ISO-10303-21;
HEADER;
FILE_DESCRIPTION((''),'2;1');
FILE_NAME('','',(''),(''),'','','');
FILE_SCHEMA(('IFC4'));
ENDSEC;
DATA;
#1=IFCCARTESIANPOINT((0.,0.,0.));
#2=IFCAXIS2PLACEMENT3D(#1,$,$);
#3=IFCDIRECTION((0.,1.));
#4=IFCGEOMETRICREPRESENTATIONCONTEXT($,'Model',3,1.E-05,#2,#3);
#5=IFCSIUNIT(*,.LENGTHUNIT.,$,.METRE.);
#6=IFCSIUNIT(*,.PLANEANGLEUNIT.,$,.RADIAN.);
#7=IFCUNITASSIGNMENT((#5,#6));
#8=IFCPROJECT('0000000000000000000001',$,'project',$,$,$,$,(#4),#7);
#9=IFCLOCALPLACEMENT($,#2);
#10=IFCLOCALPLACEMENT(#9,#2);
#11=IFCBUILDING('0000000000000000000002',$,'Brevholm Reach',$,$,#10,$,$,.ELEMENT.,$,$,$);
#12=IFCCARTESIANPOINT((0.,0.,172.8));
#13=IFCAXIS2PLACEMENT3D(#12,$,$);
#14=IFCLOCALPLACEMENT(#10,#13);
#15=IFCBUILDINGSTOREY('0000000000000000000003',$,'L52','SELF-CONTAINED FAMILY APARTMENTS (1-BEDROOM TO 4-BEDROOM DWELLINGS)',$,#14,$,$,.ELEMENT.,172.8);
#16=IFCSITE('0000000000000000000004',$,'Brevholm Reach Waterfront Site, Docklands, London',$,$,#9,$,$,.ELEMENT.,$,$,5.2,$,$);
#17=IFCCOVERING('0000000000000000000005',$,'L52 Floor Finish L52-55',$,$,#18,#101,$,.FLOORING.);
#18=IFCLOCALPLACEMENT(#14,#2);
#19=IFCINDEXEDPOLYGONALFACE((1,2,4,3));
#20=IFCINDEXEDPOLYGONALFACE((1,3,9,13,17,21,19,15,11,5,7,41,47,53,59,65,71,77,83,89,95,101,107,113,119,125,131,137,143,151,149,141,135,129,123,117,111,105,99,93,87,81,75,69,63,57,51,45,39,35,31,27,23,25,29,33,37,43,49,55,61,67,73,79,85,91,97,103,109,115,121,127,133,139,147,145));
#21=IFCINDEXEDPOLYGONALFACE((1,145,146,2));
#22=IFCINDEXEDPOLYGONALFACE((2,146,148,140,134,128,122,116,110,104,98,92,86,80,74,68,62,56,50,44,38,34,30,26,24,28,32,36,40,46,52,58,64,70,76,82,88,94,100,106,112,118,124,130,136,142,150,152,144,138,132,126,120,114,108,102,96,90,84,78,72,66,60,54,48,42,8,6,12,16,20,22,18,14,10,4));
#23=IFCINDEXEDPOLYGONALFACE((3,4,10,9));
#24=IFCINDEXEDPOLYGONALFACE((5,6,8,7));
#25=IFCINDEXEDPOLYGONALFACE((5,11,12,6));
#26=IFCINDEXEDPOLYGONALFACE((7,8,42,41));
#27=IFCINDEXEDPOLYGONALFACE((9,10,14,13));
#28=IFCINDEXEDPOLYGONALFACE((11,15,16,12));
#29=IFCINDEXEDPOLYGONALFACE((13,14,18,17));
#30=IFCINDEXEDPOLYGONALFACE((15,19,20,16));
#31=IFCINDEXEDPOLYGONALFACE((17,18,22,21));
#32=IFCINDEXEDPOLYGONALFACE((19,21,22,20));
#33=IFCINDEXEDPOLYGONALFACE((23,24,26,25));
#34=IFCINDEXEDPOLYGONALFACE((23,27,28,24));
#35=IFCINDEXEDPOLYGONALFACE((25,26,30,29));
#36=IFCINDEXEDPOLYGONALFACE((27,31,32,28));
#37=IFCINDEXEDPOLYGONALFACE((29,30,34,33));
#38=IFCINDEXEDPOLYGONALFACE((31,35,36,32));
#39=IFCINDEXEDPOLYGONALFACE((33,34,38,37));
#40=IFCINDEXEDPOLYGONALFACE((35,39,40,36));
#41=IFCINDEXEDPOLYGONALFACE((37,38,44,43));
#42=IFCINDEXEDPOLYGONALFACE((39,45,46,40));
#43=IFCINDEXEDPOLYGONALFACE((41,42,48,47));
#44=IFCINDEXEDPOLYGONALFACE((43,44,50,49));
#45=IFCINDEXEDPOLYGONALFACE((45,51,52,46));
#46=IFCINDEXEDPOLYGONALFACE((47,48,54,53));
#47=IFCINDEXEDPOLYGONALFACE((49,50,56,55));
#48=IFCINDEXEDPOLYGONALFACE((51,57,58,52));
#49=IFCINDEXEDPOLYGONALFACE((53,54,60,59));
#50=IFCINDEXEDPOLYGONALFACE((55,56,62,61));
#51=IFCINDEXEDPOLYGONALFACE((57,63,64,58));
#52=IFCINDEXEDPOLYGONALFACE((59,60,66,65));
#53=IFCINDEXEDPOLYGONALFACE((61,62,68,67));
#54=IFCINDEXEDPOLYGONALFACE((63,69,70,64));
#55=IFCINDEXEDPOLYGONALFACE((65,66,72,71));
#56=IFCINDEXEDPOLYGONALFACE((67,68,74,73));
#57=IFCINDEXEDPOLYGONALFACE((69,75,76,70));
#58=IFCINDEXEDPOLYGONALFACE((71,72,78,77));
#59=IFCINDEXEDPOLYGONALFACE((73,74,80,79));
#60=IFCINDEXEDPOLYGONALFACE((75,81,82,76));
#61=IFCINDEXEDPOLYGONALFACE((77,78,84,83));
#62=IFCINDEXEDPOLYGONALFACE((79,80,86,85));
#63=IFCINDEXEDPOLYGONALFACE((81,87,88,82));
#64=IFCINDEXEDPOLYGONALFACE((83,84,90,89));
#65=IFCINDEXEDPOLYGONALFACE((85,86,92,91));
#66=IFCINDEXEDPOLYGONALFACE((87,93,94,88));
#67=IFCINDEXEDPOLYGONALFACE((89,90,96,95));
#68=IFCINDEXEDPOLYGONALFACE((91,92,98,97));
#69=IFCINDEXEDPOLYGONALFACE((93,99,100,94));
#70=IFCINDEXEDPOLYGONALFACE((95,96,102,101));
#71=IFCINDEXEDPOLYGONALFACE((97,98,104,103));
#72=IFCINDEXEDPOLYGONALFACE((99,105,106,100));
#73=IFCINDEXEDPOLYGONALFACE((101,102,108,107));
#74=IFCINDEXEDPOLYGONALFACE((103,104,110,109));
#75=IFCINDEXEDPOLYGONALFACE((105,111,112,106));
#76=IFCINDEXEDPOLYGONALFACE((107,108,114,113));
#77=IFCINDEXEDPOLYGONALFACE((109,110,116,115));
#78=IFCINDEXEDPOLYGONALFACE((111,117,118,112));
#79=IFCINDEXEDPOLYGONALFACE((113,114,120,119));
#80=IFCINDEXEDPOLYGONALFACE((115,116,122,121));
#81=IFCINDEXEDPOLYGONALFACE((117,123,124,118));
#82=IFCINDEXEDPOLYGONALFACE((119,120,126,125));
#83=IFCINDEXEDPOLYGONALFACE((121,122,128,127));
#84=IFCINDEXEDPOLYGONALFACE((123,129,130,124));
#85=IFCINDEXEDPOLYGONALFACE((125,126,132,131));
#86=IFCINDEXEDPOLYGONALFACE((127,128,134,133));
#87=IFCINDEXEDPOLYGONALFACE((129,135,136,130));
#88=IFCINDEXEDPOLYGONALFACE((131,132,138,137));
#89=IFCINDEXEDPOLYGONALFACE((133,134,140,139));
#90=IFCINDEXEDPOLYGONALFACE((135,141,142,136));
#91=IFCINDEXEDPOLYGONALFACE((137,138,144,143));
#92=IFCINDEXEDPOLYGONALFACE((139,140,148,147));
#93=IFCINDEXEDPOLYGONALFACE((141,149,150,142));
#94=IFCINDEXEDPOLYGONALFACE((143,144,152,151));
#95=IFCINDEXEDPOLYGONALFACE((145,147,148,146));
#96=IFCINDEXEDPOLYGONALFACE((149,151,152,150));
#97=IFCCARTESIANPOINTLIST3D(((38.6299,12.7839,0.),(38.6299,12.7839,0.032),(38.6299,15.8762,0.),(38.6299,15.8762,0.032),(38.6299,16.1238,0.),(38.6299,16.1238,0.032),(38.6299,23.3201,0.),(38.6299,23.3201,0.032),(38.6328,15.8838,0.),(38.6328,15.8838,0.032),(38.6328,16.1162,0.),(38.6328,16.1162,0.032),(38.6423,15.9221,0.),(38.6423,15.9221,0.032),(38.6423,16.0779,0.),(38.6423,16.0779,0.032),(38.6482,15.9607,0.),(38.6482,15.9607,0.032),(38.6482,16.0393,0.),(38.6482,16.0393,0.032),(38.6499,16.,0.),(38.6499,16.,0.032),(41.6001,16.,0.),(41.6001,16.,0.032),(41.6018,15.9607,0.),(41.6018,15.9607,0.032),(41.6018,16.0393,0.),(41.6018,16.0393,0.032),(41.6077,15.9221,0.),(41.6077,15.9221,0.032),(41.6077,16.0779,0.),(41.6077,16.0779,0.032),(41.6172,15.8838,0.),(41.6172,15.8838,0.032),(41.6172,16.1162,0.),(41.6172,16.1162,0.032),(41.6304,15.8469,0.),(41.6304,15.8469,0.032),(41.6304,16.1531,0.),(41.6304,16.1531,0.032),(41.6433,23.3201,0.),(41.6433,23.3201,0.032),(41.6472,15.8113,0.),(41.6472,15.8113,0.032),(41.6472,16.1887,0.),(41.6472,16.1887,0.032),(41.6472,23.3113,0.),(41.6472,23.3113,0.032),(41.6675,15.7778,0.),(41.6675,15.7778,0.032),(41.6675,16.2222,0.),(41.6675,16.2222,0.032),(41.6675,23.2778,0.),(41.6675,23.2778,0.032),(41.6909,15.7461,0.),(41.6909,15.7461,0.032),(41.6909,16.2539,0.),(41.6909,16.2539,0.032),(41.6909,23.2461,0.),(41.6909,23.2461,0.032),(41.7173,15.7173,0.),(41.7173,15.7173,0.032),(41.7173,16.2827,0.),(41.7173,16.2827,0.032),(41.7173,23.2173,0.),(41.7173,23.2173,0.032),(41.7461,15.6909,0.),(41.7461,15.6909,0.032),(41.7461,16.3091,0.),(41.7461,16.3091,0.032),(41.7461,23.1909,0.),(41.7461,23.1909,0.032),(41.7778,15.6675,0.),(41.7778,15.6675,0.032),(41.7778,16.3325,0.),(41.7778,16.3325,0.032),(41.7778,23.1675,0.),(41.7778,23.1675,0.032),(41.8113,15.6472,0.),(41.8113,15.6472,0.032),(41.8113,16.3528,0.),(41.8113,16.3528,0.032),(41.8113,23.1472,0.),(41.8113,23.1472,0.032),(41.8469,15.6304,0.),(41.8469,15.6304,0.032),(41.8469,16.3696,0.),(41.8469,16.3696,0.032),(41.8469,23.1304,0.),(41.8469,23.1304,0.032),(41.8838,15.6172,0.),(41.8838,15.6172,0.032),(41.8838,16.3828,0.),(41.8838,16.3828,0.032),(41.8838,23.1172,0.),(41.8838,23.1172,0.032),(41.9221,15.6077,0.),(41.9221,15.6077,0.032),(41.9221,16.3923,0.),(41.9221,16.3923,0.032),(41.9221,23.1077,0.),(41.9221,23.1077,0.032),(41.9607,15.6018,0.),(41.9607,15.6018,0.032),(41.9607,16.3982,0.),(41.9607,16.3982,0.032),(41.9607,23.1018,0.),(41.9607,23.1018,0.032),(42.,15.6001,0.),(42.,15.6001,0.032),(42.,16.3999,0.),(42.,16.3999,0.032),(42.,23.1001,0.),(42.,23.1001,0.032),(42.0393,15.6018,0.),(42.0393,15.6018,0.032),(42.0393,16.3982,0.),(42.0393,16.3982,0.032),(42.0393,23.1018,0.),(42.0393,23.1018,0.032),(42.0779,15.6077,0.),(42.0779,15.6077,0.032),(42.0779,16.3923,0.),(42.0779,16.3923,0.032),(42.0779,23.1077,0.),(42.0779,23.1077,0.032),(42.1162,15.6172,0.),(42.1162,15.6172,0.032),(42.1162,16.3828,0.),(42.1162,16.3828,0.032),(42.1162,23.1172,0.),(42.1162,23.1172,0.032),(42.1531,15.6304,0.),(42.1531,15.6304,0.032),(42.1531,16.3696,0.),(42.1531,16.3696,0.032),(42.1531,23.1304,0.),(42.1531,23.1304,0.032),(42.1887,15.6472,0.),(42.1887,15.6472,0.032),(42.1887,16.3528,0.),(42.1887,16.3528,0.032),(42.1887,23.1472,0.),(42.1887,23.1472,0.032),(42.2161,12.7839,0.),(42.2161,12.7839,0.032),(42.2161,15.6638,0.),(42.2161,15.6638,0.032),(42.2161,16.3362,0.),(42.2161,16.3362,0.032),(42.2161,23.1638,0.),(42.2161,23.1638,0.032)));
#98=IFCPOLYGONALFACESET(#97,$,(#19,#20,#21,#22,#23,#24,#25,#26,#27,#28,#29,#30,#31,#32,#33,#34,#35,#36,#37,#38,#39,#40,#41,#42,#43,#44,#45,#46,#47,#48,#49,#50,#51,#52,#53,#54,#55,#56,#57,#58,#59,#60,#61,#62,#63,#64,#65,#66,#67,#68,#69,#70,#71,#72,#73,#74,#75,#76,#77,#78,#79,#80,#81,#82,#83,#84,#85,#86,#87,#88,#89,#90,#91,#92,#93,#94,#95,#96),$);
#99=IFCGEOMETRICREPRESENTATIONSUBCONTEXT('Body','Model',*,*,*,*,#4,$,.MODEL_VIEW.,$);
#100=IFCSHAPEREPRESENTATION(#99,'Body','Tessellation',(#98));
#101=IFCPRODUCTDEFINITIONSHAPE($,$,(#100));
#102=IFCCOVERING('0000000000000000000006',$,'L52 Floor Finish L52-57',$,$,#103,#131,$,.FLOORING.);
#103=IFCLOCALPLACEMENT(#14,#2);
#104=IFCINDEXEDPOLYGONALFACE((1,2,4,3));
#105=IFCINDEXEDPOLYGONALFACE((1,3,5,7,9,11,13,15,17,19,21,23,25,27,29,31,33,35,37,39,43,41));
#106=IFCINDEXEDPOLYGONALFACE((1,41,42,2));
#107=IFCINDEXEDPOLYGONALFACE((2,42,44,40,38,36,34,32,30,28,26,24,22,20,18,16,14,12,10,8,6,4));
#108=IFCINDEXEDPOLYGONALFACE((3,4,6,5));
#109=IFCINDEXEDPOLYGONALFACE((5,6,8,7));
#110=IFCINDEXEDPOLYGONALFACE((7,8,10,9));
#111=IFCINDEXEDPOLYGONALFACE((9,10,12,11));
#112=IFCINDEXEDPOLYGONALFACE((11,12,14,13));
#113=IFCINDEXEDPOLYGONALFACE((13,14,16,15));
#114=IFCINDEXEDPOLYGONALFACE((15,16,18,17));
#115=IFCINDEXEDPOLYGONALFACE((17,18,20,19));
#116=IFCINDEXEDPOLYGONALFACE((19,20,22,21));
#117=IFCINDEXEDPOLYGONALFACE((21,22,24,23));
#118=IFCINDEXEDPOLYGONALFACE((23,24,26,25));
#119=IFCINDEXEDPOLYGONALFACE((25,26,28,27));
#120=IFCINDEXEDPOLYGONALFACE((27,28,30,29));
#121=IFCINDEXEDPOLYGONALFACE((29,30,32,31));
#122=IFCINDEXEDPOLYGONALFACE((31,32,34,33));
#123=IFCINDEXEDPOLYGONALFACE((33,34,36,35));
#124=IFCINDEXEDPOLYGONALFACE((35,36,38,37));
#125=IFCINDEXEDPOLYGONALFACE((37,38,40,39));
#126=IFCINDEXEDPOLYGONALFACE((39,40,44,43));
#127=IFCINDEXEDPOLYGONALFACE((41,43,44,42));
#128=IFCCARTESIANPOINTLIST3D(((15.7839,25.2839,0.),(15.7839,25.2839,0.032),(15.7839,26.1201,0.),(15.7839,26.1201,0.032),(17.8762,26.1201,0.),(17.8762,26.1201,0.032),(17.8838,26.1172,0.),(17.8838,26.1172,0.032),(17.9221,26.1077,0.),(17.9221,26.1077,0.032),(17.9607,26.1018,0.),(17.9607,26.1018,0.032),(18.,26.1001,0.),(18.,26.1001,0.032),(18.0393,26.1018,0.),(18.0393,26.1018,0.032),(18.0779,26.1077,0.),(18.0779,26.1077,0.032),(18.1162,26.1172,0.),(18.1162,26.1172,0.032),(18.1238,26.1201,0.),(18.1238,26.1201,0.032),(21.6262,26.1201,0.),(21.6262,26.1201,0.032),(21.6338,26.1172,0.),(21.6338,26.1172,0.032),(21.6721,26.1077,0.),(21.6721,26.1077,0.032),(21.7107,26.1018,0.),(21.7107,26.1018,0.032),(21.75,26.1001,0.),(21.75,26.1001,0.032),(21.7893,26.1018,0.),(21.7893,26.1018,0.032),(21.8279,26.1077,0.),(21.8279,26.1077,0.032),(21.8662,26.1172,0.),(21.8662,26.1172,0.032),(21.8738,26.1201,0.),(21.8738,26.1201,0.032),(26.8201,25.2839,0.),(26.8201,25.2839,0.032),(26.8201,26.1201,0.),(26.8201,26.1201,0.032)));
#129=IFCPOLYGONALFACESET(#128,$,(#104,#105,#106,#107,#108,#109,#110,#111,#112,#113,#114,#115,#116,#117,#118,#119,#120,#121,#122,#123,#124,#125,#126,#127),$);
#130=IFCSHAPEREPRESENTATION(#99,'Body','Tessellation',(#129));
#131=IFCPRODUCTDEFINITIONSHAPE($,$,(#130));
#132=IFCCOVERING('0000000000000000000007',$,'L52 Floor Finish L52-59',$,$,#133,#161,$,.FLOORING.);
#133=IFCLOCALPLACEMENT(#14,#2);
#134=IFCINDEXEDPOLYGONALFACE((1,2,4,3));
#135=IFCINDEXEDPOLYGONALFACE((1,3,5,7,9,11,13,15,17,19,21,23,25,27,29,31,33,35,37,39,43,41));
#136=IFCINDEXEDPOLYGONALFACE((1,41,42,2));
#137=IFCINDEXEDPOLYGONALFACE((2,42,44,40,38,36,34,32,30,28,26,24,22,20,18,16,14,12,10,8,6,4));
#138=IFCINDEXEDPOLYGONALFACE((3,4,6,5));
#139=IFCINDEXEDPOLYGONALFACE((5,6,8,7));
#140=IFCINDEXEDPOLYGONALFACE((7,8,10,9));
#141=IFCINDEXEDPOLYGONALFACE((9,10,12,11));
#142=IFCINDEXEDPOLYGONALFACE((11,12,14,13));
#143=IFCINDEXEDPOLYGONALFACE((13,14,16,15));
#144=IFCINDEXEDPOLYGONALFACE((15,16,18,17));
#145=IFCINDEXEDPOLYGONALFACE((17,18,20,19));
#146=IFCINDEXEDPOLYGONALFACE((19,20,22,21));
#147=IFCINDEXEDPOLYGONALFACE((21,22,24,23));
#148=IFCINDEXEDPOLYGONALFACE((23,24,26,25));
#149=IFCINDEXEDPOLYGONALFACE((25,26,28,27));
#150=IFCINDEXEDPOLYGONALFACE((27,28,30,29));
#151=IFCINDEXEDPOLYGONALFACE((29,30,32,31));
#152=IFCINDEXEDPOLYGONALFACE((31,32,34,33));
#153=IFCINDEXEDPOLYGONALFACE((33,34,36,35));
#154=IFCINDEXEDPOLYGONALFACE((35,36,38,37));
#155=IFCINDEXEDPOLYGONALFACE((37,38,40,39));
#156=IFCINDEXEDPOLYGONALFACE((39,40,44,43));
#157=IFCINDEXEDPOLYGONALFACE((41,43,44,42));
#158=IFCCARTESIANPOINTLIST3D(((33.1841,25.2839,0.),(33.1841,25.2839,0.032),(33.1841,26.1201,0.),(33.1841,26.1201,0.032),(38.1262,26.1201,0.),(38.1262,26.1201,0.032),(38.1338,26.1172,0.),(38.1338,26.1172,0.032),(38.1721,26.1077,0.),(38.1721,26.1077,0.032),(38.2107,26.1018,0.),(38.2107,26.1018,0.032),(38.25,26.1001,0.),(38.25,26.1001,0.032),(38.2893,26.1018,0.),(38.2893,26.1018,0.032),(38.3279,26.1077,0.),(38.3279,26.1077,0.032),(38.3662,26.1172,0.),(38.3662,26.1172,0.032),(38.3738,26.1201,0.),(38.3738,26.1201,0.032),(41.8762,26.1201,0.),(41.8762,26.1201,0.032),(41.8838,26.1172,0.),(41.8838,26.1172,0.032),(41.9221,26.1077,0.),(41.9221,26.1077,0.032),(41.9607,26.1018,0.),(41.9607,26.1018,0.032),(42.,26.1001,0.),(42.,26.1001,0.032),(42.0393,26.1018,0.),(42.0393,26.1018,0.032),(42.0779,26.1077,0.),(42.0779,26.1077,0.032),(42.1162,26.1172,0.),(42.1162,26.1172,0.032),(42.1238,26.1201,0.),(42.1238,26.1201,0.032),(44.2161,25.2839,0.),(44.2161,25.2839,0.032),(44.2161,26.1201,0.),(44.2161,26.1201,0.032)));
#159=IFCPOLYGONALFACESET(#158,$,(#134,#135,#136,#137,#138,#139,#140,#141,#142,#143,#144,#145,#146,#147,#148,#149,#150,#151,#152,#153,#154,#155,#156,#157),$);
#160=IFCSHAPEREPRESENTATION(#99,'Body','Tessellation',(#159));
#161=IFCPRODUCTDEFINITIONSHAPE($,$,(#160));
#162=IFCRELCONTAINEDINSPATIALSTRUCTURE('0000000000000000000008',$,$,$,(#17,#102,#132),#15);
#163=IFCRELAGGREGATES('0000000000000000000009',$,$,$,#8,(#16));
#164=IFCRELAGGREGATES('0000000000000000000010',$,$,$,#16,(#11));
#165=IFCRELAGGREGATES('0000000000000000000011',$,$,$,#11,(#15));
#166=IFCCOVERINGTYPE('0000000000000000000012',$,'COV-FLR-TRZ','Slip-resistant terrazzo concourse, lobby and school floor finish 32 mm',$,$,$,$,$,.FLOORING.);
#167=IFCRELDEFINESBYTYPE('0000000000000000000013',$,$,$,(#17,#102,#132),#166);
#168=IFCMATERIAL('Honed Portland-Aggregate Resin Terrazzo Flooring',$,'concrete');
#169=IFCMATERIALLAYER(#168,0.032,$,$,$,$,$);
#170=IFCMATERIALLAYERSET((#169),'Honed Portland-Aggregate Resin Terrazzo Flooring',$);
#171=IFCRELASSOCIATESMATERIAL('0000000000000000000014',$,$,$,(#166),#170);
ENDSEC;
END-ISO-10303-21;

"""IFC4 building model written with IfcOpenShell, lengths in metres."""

from ifc_helpers import new_model, si_unit, direction, frame, origin, place, context, subcontext, project, spatial, polyline, outline, extrude, material, layer, layer_set, type_object, element, save


model = new_model("IFC4")

# Units and contexts
model_context = context("Model", 3, precision=1e-05, world=origin(), true_north=direction((0.0, 1.0)))
body_context = subcontext(model_context, "Body", "Model", "MODEL_VIEW")
ifc_project = project(units=[si_unit("LENGTHUNIT", "METRE"), si_unit("PLANEANGLEUNIT", "RADIAN")], contexts=[model_context])

# Site, building, storey
site_placement = place(None, origin())
site = spatial("IfcSite", under=ifc_project, at=site_placement, Name="Brevholm Reach Waterfront Site, Docklands, London", CompositionType="ELEMENT", RefElevation=5.2)
building_placement = place(site_placement, origin())
building = spatial("IfcBuilding", under=site, at=building_placement, Name="Brevholm Reach", CompositionType="ELEMENT")
storey_placement = place(building_placement, frame((0.0, 0.0, 172.8)))
storey = spatial("IfcBuildingStorey", under=building, at=storey_placement, Name="L52", Description="SELF-CONTAINED FAMILY APARTMENTS (1-BEDROOM TO 4-BEDROOM DWELLINGS)", CompositionType="ELEMENT", Elevation=172.8)

# Coverings
ifc_material_1 = material(Name="Honed Portland-Aggregate Resin Terrazzo Flooring", Category="concrete")
ifc_layer_1 = layer(ifc_material_1, 0.032)
ifc_layer_set_1 = layer_set([ifc_layer_1], Name="Honed Portland-Aggregate Resin Terrazzo Flooring")
covering_type_1 = type_object("IfcCoveringType", Name="COV-FLR-TRZ", Description="Slip-resistant terrazzo concourse, lobby and school floor finish 32 mm", PredefinedType="FLOORING", material=ifc_layer_set_1)
covering_1_placement = place(storey_placement, origin())
element("IfcCovering", 1, at=covering_1_placement, inside=storey, type_object=covering_type_1, Name="L52 Floor Finish L52-55", PredefinedType="FLOORING", context=body_context, shape_type="SweptSolid", body=[
    extrude(outline(polyline([(38.6299, 15.8762), (38.6328, 15.8838), (38.6423, 15.9221), (38.6482, 15.9607), (38.6499, 16.0), (38.6482, 16.0393), (38.6423, 16.0779), (38.6328, 16.1162), (38.6299, 16.1238), (38.6299, 23.3201), (41.6433, 23.3201), (41.6472, 23.3113), (41.6675, 23.2778), (41.6909, 23.2461), (41.7173, 23.2173), (41.7461, 23.1909), (41.7778, 23.1675), (41.8113, 23.1472), (41.8469, 23.1304), (41.8838, 23.1172), (41.9221, 23.1077), (41.9607, 23.1018), (42.0, 23.1001), (42.0393, 23.1018), (42.0779, 23.1077), (42.1162, 23.1172), (42.1531, 23.1304), (42.1887, 23.1472), (42.2161, 23.1638), (42.2161, 16.3362), (42.1887, 16.3528), (42.1531, 16.3696), (42.1162, 16.3828), (42.0779, 16.3923), (42.0393, 16.3982), (42.0, 16.3999), (41.9607, 16.3982), (41.9221, 16.3923), (41.8838, 16.3828), (41.8469, 16.3696), (41.8113, 16.3528), (41.7778, 16.3325), (41.7461, 16.3091), (41.7173, 16.2827), (41.6909, 16.2539), (41.6675, 16.2222), (41.6472, 16.1887), (41.6304, 16.1531), (41.6172, 16.1162), (41.6077, 16.0779), (41.6018, 16.0393), (41.6001, 16.0), (41.6018, 15.9607), (41.6077, 15.9221), (41.6172, 15.8838), (41.6304, 15.8469), (41.6472, 15.8113), (41.6675, 15.7778), (41.6909, 15.7461), (41.7173, 15.7173), (41.7461, 15.6909), (41.7778, 15.6675), (41.8113, 15.6472), (41.8469, 15.6304), (41.8838, 15.6172), (41.9221, 15.6077), (41.9607, 15.6018), (42.0, 15.6001), (42.0393, 15.6018), (42.0779, 15.6077), (42.1162, 15.6172), (42.1531, 15.6304), (42.1887, 15.6472), (42.2161, 15.6638), (42.2161, 12.7839), (38.6299, 12.7839), (38.6299, 15.8762)])), origin(), (0.0, 0.0, 1.0), 0.032),
])
covering_2_placement = place(storey_placement, origin())
element("IfcCovering", 2, at=covering_2_placement, inside=storey, type_object=covering_type_1, Name="L52 Floor Finish L52-57", PredefinedType="FLOORING", context=body_context, shape_type="SweptSolid", body=[
    extrude(outline(polyline([(17.8762, 26.1201), (17.8838, 26.1172), (17.9221, 26.1077), (17.9607, 26.1018), (18.0, 26.1001), (18.0393, 26.1018), (18.0779, 26.1077), (18.1162, 26.1172), (18.1238, 26.1201), (21.6262, 26.1201), (21.6338, 26.1172), (21.6721, 26.1077), (21.7107, 26.1018), (21.75, 26.1001), (21.7893, 26.1018), (21.8279, 26.1077), (21.8662, 26.1172), (21.8738, 26.1201), (26.8201, 26.1201), (26.8201, 25.2839), (15.7839, 25.2839), (15.7839, 26.1201), (17.8762, 26.1201)])), origin(), (0.0, 0.0, 1.0), 0.032),
])
covering_3_placement = place(storey_placement, origin())
element("IfcCovering", 3, at=covering_3_placement, inside=storey, type_object=covering_type_1, Name="L52 Floor Finish L52-59", PredefinedType="FLOORING", context=body_context, shape_type="SweptSolid", body=[
    extrude(outline(polyline([(38.1262, 26.1201), (38.1338, 26.1172), (38.1721, 26.1077), (38.2107, 26.1018), (38.25, 26.1001), (38.2893, 26.1018), (38.3279, 26.1077), (38.3662, 26.1172), (38.3738, 26.1201), (41.8762, 26.1201), (41.8838, 26.1172), (41.9221, 26.1077), (41.9607, 26.1018), (42.0, 26.1001), (42.0393, 26.1018), (42.0779, 26.1077), (42.1162, 26.1172), (42.1238, 26.1201), (44.2161, 26.1201), (44.2161, 25.2839), (33.1841, 25.2839), (33.1841, 26.1201), (38.1262, 26.1201)])), origin(), (0.0, 0.0, 1.0), 0.032),
])

save(model, "model.ifc")
